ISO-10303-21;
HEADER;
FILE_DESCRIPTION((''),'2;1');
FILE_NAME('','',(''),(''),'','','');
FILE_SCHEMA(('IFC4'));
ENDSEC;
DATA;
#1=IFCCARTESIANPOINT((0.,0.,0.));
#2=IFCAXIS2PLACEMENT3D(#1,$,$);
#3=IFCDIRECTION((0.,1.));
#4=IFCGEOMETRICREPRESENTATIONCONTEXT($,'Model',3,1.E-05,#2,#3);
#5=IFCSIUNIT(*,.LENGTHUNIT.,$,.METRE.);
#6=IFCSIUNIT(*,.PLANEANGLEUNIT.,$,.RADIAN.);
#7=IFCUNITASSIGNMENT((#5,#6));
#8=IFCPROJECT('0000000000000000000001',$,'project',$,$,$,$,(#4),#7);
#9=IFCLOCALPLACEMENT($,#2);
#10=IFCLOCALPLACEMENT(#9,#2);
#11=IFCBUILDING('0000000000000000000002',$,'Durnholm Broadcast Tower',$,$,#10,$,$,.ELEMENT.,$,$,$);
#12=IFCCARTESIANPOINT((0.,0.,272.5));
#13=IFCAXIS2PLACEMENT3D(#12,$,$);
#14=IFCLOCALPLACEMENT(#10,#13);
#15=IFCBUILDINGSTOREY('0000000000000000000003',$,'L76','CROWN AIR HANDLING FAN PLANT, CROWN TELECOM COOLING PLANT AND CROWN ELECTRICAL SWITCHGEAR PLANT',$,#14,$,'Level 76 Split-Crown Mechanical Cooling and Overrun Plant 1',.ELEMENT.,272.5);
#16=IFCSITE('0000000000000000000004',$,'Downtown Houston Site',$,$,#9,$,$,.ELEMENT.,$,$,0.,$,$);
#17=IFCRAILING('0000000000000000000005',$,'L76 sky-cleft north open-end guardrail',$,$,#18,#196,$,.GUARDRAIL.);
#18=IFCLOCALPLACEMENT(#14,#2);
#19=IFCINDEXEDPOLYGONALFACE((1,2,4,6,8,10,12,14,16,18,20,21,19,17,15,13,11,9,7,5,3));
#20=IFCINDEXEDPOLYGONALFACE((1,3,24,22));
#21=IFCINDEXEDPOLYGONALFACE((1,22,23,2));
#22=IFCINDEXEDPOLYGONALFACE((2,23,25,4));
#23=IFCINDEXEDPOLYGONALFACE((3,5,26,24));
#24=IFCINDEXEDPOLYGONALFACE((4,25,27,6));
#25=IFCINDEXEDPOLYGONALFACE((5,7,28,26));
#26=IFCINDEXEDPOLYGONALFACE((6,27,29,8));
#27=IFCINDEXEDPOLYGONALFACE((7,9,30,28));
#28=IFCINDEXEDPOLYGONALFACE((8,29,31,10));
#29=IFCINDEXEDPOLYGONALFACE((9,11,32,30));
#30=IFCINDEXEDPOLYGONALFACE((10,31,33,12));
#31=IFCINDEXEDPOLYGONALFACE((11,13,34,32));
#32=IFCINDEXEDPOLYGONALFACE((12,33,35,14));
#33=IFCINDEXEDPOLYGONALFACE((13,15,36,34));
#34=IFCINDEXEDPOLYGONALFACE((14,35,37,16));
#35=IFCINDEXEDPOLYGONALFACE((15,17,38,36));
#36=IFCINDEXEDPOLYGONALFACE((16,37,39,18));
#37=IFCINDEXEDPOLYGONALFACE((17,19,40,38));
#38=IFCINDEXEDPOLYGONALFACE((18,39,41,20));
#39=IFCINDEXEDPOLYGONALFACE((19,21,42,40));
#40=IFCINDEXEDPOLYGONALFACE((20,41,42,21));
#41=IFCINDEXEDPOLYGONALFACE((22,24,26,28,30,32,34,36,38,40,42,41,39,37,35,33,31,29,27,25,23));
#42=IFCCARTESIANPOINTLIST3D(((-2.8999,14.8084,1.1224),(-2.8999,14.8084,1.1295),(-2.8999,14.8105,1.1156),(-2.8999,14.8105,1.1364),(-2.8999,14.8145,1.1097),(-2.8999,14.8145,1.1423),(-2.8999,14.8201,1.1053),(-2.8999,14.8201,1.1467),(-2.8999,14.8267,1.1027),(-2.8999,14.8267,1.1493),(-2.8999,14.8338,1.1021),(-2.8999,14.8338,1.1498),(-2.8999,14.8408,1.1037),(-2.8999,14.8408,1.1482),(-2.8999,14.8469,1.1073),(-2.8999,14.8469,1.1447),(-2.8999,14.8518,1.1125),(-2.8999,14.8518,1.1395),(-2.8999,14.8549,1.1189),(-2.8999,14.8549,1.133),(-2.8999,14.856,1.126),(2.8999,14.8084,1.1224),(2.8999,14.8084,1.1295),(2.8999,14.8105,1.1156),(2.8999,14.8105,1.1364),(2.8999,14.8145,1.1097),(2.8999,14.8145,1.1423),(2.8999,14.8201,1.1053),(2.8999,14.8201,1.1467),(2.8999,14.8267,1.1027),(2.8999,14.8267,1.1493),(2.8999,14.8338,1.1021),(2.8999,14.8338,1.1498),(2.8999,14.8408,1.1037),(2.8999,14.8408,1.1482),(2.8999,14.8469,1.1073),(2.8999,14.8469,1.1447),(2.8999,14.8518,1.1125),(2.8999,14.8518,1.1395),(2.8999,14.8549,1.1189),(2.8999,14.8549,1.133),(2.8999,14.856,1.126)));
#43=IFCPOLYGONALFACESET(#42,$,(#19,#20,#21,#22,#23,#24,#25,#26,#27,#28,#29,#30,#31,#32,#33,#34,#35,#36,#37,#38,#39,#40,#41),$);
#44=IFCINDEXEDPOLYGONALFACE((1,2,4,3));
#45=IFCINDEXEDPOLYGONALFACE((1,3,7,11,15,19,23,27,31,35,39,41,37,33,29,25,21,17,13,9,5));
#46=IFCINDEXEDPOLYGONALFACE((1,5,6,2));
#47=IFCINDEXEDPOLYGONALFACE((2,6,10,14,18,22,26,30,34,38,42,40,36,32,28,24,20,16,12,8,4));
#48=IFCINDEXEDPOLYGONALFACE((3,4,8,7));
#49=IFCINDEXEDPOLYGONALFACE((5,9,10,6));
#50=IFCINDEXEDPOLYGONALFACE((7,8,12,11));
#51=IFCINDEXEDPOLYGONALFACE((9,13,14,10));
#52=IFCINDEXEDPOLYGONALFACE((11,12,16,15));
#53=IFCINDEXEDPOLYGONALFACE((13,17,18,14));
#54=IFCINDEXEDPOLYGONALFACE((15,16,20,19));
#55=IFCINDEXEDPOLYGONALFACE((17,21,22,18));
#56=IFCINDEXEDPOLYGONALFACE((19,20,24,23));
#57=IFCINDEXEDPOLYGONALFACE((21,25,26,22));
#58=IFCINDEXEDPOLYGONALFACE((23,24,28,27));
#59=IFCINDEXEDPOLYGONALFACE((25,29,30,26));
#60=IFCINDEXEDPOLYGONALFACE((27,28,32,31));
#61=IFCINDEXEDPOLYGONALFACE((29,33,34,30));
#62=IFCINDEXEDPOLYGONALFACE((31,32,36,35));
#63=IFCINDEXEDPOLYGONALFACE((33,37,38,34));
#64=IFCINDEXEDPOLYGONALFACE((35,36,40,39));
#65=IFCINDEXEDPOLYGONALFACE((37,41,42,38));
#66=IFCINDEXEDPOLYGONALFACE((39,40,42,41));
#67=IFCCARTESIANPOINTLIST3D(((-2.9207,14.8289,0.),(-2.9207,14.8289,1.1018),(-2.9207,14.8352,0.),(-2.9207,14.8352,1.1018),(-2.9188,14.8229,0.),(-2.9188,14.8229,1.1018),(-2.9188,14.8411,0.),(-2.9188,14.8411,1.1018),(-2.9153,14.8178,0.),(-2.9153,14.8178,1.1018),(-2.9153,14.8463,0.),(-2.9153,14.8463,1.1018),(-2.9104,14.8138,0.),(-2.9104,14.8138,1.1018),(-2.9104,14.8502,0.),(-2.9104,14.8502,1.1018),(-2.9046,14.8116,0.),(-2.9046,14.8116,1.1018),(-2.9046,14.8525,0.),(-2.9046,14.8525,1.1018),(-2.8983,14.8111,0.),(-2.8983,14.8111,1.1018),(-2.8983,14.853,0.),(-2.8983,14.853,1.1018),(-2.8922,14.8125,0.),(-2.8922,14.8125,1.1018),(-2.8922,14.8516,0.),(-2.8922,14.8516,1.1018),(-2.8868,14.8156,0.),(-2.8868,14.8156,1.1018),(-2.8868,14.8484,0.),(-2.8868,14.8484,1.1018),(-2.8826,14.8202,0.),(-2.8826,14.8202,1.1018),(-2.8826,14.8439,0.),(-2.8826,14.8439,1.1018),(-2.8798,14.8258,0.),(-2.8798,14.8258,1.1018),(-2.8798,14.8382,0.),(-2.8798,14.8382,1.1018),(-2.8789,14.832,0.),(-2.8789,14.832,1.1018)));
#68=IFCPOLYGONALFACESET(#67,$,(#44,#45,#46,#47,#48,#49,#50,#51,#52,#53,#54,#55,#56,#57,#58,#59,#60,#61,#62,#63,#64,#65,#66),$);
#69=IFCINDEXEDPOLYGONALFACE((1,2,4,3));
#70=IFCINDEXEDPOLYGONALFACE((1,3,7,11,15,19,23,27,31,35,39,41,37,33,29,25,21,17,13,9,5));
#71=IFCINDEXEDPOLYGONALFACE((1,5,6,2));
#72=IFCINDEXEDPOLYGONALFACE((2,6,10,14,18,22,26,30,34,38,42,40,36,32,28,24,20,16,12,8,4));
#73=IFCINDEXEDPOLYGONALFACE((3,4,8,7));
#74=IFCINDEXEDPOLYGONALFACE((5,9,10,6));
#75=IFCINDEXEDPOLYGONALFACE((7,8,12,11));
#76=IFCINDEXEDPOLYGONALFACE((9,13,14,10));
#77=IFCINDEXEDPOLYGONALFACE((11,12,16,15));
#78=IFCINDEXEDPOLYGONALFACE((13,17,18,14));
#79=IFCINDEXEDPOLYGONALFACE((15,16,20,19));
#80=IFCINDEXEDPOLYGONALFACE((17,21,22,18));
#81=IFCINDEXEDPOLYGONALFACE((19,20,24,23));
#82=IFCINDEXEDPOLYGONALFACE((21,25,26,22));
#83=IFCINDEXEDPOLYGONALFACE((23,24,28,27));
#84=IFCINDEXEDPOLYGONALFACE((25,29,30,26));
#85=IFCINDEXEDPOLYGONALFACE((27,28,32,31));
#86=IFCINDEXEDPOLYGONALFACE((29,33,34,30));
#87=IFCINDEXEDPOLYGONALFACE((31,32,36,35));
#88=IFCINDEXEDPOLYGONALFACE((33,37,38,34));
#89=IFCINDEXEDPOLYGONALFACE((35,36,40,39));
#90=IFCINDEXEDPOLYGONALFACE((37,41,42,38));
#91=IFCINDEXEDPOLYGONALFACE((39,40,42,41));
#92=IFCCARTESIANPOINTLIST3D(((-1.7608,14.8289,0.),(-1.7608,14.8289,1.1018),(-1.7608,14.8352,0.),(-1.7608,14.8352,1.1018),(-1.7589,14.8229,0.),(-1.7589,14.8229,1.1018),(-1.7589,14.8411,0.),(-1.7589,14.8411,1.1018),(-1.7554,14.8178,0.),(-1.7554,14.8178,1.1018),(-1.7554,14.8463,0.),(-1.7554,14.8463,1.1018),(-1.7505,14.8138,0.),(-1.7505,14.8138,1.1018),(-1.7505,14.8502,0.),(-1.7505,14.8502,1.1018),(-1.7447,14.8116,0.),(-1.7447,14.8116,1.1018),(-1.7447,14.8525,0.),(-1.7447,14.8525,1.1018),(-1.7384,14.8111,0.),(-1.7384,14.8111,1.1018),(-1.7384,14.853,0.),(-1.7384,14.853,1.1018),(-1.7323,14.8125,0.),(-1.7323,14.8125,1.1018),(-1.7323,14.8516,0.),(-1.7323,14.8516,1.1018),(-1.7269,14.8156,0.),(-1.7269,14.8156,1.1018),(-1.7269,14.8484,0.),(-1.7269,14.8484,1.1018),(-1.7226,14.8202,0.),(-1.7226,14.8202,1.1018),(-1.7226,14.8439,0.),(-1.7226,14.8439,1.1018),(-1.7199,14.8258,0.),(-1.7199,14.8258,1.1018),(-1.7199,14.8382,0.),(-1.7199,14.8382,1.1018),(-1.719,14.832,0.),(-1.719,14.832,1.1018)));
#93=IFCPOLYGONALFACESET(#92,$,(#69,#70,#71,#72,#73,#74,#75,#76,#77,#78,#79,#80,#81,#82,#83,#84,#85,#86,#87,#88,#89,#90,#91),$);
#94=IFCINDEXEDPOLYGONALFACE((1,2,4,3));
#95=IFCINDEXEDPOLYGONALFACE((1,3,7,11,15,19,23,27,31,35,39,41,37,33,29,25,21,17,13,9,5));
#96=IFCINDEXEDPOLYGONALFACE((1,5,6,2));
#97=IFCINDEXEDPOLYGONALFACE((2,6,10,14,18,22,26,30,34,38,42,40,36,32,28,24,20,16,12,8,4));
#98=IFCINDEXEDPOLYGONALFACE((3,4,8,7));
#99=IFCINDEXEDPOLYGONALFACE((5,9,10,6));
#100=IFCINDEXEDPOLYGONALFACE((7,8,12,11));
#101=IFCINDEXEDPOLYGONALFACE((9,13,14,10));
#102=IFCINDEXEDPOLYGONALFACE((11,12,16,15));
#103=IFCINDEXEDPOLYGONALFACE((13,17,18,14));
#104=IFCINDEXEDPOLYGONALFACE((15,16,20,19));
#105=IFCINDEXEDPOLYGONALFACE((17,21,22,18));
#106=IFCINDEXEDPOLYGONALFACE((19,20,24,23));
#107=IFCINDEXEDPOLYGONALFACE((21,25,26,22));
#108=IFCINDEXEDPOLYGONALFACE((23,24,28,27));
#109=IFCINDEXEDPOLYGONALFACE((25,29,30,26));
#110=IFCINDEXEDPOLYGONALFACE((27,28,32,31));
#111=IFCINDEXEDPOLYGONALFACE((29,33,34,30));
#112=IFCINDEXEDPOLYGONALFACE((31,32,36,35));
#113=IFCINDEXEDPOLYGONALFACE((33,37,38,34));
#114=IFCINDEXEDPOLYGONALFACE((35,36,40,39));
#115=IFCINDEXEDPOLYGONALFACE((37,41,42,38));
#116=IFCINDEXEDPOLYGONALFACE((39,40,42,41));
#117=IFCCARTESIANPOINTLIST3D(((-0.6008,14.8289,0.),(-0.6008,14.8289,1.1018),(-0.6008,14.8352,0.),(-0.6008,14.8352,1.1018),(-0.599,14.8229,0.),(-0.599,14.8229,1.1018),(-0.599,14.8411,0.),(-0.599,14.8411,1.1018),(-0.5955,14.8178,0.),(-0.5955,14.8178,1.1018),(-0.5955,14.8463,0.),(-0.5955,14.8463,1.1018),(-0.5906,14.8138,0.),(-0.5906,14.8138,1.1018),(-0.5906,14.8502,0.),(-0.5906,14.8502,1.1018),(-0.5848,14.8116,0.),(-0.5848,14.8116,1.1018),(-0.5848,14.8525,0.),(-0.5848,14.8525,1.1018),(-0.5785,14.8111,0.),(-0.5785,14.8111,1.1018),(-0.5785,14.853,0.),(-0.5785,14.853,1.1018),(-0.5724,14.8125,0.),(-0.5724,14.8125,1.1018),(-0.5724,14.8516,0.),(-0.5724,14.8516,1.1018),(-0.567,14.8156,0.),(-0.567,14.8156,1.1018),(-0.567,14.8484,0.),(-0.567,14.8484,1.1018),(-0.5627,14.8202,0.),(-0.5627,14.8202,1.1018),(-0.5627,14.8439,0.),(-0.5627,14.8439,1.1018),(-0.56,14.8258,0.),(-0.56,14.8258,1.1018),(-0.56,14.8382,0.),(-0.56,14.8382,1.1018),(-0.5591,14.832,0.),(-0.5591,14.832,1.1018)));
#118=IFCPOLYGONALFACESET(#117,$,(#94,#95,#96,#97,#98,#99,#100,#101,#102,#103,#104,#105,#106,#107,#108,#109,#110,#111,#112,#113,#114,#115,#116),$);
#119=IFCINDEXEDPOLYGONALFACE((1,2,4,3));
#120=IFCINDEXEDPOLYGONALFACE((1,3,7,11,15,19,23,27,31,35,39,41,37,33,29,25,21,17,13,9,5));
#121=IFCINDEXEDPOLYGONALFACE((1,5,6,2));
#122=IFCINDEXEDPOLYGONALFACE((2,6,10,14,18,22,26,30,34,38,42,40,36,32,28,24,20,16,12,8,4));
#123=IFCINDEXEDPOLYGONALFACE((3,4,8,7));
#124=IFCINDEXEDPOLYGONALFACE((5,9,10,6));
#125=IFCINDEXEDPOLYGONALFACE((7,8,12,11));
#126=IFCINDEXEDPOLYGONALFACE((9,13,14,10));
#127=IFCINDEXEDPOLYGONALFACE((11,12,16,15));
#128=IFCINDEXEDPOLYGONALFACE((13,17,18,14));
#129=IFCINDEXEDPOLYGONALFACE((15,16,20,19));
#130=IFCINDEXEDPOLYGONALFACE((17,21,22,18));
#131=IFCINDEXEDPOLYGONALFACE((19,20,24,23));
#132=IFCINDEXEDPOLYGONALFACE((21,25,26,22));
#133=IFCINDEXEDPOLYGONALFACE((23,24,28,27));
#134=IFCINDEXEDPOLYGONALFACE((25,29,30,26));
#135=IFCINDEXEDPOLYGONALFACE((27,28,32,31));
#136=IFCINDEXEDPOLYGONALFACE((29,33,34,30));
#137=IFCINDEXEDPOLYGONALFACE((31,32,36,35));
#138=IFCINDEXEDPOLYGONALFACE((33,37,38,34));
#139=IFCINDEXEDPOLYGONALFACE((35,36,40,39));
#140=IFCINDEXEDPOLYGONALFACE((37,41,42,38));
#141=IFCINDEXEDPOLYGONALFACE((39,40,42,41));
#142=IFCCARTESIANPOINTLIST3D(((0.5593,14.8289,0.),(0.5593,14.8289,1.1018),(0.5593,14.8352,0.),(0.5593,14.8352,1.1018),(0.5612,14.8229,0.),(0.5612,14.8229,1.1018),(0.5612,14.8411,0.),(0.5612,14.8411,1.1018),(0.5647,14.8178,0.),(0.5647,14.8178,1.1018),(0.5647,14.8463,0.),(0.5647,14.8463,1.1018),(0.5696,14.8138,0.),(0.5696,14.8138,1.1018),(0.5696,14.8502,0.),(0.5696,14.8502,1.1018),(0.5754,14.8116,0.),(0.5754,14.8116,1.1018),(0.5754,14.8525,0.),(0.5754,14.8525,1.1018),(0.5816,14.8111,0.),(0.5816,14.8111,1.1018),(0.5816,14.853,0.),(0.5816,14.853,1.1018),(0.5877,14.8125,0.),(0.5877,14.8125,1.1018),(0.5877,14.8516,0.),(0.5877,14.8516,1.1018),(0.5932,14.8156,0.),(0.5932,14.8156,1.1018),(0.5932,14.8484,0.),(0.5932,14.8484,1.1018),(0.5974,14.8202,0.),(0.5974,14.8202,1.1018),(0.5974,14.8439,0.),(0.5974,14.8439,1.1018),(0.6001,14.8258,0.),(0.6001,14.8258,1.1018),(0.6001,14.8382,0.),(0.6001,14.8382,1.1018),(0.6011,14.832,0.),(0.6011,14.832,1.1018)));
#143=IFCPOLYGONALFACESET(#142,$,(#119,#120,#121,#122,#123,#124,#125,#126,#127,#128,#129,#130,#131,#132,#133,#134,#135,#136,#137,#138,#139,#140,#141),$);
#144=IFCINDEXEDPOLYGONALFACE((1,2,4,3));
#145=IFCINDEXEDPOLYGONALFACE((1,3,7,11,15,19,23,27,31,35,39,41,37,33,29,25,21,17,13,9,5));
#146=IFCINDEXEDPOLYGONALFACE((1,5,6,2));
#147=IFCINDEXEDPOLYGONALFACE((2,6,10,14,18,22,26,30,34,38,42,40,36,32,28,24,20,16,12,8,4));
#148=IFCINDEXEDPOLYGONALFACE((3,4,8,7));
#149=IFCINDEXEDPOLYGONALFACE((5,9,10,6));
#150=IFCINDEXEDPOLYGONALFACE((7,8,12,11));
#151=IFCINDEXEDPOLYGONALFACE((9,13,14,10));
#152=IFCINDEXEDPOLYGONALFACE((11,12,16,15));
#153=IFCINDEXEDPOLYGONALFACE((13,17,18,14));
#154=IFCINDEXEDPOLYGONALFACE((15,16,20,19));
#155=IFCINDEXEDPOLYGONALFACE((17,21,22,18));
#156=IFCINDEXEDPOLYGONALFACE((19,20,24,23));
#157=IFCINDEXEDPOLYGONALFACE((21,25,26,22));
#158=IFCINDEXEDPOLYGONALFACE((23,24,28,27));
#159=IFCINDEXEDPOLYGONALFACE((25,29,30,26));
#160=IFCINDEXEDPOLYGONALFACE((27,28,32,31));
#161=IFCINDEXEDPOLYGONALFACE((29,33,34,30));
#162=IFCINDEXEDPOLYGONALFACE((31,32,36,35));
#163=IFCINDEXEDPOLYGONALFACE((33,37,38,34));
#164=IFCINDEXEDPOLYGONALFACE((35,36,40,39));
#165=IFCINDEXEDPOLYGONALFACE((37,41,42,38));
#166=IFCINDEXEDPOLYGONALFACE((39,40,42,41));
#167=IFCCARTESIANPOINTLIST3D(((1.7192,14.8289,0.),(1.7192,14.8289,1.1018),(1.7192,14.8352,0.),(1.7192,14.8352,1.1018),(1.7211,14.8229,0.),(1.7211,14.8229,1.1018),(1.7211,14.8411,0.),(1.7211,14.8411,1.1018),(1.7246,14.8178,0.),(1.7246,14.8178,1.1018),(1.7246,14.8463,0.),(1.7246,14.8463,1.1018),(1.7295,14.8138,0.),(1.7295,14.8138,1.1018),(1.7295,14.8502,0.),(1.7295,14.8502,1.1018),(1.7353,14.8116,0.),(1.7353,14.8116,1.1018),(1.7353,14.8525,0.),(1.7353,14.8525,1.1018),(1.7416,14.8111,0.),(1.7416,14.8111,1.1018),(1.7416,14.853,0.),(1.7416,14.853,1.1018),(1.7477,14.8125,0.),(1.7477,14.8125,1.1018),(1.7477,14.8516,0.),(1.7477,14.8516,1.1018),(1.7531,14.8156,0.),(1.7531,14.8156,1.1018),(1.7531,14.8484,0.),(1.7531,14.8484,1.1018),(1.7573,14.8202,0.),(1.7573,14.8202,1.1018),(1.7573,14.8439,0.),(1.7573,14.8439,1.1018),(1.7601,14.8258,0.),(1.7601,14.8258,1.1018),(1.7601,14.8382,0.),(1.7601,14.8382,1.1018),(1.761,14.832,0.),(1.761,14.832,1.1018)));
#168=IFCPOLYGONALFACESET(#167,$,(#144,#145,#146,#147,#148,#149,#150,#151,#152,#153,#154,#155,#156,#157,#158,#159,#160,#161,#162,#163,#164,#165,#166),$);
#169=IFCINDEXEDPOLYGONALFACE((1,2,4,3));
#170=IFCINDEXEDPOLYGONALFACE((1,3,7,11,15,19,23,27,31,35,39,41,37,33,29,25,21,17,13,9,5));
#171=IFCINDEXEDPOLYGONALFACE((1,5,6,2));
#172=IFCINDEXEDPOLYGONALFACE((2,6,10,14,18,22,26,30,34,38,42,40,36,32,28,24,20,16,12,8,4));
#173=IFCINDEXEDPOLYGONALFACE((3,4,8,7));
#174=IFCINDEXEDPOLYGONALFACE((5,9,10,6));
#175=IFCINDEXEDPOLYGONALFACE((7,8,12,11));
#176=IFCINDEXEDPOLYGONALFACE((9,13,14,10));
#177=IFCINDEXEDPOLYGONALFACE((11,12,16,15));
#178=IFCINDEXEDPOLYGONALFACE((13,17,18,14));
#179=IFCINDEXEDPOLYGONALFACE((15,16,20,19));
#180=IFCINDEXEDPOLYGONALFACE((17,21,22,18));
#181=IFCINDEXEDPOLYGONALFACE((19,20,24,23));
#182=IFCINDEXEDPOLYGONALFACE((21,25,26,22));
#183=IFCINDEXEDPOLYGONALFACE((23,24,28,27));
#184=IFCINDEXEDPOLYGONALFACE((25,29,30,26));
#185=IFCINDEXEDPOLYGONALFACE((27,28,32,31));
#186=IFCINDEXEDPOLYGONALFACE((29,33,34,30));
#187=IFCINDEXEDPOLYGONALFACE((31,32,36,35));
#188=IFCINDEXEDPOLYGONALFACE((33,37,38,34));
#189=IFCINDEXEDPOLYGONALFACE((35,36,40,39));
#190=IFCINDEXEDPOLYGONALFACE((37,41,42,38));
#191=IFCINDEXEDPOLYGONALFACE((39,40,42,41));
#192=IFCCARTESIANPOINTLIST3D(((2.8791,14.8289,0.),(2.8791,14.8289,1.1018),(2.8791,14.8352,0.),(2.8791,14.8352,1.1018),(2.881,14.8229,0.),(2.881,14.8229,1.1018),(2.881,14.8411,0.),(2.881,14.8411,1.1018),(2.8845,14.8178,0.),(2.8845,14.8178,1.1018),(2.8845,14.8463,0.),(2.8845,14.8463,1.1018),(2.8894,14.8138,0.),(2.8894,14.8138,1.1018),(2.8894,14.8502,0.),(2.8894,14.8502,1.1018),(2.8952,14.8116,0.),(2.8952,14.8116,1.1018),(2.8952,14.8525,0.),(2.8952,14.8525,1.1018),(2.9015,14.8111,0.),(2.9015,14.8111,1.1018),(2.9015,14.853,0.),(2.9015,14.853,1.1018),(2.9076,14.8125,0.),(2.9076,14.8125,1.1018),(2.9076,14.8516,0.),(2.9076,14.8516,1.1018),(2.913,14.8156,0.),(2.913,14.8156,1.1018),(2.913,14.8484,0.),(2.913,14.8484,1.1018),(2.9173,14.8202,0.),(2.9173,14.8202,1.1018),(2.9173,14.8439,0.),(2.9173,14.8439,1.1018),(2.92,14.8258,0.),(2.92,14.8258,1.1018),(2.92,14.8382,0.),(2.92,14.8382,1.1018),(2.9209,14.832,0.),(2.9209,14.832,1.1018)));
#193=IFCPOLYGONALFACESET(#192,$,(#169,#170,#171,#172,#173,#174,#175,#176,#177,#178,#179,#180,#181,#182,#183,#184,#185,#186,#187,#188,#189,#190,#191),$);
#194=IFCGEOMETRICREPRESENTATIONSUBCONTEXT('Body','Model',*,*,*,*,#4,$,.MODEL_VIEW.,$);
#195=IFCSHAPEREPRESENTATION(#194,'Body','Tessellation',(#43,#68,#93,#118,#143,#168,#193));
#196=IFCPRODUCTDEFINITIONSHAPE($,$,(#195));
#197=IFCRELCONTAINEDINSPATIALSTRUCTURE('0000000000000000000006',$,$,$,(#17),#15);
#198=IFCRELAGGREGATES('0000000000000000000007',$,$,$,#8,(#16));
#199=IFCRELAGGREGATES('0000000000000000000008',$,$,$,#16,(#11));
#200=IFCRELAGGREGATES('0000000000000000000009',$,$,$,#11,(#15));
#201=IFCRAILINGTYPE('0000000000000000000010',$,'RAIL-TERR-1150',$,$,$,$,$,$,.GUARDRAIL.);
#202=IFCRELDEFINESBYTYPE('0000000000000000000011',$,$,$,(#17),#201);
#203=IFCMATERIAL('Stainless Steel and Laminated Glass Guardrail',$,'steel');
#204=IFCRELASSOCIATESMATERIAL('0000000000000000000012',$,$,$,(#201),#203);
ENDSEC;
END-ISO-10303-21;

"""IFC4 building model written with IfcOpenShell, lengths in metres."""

from ifc_helpers import new_model, si_unit, direction, frame, origin, origin_2d, place, context, subcontext, project, spatial, circle, extrude, material, type_object, element, save


model = new_model("IFC4")

# Units and contexts
model_context = context("Model", 3, precision=1e-05, world=origin(), true_north=direction((0.0, 1.0)))
body_context = subcontext(model_context, "Body", "Model", "MODEL_VIEW")
ifc_project = project(units=[si_unit("LENGTHUNIT", "METRE"), si_unit("PLANEANGLEUNIT", "RADIAN")], contexts=[model_context])

# Site, building, storey
site_placement = place(None, origin())
site = spatial("IfcSite", under=ifc_project, at=site_placement, Name="Downtown Houston Site", CompositionType="ELEMENT", RefElevation=0.0)
building_placement = place(site_placement, origin())
building = spatial("IfcBuilding", under=site, at=building_placement, Name="Durnholm Broadcast Tower", CompositionType="ELEMENT")
storey_placement = place(building_placement, frame((0.0, 0.0, 272.5)))
storey = spatial("IfcBuildingStorey", under=building, at=storey_placement, Name="L76", Description="CROWN AIR HANDLING FAN PLANT, CROWN TELECOM COOLING PLANT AND CROWN ELECTRICAL SWITCHGEAR PLANT", LongName="Level 76 Split-Crown Mechanical Cooling and Overrun Plant 1", CompositionType="ELEMENT", Elevation=272.5)

# Railing
ifc_material_1 = material(Name="Stainless Steel and Laminated Glass Guardrail", Category="steel")
railing_type = type_object("IfcRailingType", Name="RAIL-TERR-1150", PredefinedType="GUARDRAIL", material=ifc_material_1)
railing_1_placement = place(storey_placement, frame((-2.8999, 14.832, 0.0)))
element("IfcRailing", 1, at=railing_1_placement, inside=storey, type_object=railing_type, Name="L76 sky-cleft north open-end guardrail", PredefinedType="GUARDRAIL", context=body_context, shape_type="SweptSolid", body=[
    extrude(circle(Radius=0.0239, at=origin_2d()), frame((0.0, 0.0, 1.126), z_axis=(1.0, 0.0, 0.0), x_axis=(0.0, 1.0, 0.0)), (0.0, 0.0, 1.0), 5.7998),
    extrude(circle(Radius=0.021, at=origin_2d()), origin(), (0.0, 0.0, 1.0), 1.1018),
    extrude(circle(Radius=0.021, at=origin_2d()), frame((1.1599, 0.0, 0.0)), (0.0, 0.0, 1.0), 1.1018),
    extrude(circle(Radius=0.021, at=origin_2d()), frame((2.3198, 0.0, 0.0)), (0.0, 0.0, 1.0), 1.1018),
    extrude(circle(Radius=0.021, at=origin_2d()), frame((3.48, 0.0, 0.0)), (0.0, 0.0, 1.0), 1.1018),
    extrude(circle(Radius=0.021, at=origin_2d()), frame((4.6399, 0.0, 0.0)), (0.0, 0.0, 1.0), 1.1018),
    extrude(circle(Radius=0.021, at=origin_2d()), frame((5.7998, 0.0, 0.0)), (0.0, 0.0, 1.0), 1.1018),
])

save(model, "model.ifc")
